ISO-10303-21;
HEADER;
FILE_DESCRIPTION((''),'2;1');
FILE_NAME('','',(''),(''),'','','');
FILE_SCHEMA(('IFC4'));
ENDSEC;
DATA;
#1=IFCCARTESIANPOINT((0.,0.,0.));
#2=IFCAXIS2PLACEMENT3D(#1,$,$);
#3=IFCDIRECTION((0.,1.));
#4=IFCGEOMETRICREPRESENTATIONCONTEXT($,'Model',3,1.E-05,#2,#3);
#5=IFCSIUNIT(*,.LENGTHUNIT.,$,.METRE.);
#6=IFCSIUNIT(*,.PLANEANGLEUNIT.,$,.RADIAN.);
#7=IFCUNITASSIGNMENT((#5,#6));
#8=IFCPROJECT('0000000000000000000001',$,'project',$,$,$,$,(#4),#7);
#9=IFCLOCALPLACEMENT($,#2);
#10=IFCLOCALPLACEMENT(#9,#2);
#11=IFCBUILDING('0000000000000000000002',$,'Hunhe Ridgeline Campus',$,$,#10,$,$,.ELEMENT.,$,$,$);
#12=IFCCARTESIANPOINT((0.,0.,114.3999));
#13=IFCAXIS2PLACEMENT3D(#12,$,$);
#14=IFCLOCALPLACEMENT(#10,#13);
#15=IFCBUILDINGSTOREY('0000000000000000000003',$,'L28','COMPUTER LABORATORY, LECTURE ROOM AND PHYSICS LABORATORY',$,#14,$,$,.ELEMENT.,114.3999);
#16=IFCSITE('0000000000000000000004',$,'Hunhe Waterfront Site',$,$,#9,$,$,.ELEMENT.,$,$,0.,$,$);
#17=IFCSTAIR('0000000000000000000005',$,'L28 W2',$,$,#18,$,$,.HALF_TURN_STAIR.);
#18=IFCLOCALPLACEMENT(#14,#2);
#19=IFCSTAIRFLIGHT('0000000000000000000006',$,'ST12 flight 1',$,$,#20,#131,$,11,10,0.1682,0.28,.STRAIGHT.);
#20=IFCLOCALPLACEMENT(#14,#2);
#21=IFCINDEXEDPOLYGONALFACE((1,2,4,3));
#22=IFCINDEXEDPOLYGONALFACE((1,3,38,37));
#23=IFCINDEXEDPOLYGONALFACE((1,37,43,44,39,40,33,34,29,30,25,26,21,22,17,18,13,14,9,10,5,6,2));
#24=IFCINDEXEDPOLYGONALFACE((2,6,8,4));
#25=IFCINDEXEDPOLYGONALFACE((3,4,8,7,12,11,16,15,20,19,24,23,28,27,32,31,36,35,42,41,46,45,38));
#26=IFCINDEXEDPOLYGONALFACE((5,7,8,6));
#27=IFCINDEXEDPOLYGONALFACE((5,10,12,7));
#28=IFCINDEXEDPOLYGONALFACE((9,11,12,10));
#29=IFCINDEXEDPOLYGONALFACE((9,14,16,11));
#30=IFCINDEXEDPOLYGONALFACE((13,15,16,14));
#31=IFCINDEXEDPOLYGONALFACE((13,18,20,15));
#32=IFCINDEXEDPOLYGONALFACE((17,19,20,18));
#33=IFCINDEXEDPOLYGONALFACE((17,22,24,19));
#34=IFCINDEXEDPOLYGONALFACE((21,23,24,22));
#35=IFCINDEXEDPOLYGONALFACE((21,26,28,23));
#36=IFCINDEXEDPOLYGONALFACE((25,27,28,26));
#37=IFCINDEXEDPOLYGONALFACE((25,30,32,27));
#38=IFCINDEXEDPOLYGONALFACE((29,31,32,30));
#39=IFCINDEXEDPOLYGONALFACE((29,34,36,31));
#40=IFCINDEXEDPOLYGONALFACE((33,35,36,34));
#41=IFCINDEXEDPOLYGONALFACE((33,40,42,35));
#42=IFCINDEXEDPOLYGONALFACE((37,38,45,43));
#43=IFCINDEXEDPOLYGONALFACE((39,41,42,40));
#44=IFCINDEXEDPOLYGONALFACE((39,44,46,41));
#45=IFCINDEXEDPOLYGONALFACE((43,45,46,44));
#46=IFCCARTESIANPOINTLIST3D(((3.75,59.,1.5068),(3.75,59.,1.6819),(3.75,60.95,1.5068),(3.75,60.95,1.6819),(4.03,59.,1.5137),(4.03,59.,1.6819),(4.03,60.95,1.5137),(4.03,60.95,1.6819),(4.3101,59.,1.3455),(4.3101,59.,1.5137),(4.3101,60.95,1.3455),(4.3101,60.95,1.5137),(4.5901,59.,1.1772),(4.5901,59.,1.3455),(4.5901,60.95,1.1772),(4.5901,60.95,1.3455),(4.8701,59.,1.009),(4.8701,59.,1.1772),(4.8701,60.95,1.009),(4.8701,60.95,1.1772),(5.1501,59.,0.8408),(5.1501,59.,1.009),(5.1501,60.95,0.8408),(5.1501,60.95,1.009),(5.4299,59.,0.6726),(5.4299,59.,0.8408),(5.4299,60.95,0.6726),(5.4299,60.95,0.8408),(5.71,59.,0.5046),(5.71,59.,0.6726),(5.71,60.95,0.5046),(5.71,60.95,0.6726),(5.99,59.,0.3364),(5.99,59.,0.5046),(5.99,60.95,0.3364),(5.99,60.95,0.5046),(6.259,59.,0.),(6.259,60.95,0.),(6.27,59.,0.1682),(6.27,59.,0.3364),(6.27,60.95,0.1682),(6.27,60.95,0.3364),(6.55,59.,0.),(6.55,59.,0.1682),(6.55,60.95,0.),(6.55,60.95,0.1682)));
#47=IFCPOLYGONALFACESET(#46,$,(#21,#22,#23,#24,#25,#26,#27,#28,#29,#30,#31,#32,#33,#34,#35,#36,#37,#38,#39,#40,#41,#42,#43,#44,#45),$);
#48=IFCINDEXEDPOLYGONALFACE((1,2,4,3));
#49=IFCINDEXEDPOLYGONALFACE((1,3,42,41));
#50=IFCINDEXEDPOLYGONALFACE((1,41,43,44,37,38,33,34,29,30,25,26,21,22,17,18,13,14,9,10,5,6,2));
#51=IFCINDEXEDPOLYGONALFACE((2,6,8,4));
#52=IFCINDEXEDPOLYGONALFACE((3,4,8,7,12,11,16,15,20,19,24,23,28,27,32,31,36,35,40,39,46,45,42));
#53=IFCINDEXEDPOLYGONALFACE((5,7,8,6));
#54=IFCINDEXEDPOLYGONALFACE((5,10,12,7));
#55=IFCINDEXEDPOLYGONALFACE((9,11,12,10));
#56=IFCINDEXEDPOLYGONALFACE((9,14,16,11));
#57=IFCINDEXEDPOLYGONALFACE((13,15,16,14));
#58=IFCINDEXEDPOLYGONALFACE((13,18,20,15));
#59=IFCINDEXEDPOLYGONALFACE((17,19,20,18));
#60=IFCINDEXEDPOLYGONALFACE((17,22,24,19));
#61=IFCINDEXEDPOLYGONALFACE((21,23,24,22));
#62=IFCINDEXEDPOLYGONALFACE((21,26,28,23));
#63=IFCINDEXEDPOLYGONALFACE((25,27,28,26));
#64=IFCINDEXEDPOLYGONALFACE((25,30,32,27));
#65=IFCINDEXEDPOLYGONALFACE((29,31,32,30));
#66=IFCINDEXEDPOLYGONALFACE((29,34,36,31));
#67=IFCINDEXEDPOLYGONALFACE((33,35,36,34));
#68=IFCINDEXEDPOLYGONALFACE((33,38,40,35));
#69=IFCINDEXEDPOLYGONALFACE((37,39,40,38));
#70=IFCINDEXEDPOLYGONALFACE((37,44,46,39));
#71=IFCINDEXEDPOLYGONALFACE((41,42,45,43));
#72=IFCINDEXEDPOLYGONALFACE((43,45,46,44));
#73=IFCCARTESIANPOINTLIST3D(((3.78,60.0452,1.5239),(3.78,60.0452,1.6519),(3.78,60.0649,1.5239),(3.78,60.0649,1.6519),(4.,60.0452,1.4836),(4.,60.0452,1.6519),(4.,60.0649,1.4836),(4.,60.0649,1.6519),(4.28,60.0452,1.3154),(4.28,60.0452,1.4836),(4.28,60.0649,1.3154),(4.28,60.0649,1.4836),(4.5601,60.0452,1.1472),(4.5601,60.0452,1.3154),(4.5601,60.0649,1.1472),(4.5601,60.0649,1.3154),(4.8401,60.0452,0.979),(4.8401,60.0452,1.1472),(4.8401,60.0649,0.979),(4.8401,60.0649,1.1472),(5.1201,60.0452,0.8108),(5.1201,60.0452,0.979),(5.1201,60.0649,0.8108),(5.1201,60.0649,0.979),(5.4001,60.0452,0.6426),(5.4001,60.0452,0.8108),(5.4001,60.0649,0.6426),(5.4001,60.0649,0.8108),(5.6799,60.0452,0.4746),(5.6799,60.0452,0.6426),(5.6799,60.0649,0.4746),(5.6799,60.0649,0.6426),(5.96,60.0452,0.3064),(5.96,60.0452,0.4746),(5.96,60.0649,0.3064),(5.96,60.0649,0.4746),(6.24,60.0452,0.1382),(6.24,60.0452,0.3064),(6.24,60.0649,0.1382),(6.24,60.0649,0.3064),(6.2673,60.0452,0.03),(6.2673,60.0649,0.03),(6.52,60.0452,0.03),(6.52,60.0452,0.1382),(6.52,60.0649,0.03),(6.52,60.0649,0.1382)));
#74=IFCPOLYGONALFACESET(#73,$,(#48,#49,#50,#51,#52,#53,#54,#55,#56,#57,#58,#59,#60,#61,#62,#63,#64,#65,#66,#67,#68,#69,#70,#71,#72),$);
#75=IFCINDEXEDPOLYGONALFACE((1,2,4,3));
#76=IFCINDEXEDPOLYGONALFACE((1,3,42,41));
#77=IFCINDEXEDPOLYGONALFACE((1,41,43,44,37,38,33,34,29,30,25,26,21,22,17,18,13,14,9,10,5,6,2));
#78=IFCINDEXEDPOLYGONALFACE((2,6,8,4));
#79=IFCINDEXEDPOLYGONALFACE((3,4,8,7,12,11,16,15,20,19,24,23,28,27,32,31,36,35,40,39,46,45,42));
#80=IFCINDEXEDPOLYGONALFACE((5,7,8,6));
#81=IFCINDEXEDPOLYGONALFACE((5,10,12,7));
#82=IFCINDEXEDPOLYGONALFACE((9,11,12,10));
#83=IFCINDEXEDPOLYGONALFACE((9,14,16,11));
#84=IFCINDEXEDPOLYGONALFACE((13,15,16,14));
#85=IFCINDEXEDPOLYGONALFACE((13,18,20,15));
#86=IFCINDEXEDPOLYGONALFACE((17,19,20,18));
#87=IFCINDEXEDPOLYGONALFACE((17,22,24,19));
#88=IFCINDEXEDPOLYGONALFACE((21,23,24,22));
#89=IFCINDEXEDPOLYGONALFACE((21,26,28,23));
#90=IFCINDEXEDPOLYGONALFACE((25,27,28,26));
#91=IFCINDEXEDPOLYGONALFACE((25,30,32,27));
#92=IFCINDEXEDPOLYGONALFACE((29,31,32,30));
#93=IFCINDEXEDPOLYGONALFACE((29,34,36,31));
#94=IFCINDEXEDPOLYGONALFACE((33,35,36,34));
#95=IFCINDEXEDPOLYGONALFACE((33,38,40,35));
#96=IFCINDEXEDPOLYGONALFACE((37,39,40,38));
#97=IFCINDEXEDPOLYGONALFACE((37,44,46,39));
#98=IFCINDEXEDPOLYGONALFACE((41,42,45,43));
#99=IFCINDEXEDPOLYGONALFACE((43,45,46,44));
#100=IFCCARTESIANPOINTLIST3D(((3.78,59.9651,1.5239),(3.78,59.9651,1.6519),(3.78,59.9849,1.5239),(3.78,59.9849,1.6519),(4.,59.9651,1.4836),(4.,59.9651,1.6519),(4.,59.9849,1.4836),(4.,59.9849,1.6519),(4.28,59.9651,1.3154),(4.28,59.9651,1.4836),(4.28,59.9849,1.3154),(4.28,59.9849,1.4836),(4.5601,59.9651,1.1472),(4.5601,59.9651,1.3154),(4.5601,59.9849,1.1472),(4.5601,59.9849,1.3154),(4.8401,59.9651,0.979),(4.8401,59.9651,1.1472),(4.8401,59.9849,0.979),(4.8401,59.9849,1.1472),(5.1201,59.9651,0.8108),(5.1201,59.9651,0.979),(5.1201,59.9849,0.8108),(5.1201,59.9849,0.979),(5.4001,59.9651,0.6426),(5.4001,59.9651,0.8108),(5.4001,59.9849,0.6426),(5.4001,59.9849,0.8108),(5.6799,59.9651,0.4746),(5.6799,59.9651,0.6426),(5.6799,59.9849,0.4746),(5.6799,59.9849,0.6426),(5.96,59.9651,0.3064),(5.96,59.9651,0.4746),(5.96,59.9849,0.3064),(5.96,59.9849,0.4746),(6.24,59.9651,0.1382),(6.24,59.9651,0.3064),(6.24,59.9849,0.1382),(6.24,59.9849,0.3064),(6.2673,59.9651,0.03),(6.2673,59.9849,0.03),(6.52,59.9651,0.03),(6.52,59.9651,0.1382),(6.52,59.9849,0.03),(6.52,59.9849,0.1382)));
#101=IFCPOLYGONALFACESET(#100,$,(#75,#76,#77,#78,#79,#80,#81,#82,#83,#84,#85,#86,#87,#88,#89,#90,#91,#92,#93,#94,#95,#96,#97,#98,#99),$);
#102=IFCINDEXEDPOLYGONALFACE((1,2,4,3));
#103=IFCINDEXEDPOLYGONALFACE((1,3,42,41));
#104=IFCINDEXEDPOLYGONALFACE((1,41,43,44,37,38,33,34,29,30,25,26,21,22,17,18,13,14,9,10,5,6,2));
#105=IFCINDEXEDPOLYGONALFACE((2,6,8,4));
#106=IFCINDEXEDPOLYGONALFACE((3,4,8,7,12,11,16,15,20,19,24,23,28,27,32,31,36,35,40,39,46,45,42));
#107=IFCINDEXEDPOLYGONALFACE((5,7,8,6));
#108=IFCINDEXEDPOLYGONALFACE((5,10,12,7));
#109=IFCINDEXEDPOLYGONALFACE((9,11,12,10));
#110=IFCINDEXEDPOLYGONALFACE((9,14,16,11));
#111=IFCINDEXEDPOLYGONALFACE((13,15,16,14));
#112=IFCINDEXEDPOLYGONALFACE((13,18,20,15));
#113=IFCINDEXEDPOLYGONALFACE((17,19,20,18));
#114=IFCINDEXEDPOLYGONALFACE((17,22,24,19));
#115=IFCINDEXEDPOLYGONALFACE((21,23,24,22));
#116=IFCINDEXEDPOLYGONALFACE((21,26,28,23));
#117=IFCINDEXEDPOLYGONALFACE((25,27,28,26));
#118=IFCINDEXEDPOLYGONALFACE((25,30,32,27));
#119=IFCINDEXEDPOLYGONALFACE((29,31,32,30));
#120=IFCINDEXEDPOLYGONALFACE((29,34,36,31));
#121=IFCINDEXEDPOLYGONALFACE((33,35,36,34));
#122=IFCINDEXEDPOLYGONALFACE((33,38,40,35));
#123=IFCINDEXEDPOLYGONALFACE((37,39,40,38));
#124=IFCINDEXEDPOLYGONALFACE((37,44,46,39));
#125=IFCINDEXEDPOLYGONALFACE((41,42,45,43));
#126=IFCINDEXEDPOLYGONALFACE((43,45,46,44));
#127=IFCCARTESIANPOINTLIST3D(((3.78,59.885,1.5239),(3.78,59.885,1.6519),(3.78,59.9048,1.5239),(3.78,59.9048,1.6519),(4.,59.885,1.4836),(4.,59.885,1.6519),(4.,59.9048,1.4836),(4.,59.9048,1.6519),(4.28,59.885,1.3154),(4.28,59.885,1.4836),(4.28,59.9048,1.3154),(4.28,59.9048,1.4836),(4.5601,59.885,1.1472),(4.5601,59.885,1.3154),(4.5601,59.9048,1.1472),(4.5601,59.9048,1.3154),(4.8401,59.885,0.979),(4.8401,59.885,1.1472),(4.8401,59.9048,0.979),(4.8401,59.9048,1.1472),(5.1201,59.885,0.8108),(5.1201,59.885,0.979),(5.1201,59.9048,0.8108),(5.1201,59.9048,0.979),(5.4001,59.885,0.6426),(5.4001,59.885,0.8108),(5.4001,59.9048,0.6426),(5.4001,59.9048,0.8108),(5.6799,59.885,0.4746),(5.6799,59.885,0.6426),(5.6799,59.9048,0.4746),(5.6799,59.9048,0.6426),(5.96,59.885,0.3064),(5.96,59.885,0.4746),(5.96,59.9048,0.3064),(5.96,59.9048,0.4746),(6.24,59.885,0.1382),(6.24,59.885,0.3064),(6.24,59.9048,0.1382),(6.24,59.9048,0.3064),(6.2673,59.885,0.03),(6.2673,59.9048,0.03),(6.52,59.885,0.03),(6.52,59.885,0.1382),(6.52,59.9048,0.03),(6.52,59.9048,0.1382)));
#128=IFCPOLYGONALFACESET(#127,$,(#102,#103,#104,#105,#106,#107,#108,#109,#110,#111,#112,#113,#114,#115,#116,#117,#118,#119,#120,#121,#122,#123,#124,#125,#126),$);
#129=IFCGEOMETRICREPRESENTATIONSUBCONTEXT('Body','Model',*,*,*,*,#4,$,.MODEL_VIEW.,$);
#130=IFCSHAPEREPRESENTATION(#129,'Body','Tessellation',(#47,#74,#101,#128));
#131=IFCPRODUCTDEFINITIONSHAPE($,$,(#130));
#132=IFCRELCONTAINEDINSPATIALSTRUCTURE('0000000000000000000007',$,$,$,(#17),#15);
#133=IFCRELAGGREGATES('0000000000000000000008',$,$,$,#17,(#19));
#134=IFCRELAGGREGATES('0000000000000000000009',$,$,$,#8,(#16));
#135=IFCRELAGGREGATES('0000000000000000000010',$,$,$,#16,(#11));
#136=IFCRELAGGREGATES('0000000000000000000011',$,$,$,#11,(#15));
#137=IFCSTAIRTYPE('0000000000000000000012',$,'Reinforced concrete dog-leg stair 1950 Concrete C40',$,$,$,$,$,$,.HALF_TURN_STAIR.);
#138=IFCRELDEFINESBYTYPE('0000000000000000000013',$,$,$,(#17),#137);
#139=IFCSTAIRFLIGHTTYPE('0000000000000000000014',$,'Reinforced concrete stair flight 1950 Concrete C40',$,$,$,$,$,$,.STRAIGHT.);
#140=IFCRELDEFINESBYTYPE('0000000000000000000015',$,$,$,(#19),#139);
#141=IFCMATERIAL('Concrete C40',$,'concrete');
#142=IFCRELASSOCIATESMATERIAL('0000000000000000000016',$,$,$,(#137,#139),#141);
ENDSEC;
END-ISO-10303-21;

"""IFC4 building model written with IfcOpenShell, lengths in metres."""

from ifc_helpers import new_model, si_unit, direction, frame, origin, place, context, subcontext, project, spatial, polyline, outline, extrude, material, type_object, element, aggregate, save


model = new_model("IFC4")

# Units and contexts
model_context = context("Model", 3, precision=1e-05, world=origin(), true_north=direction((0.0, 1.0)))
body_context = subcontext(model_context, "Body", "Model", "MODEL_VIEW")
ifc_project = project(units=[si_unit("LENGTHUNIT", "METRE"), si_unit("PLANEANGLEUNIT", "RADIAN")], contexts=[model_context])

# Site, building, storey
site_placement = place(None, origin())
site = spatial("IfcSite", under=ifc_project, at=site_placement, Name="Hunhe Waterfront Site", CompositionType="ELEMENT", RefElevation=0.0)
building_placement = place(site_placement, origin())
building = spatial("IfcBuilding", under=site, at=building_placement, Name="Hunhe Ridgeline Campus", CompositionType="ELEMENT")
storey_placement = place(building_placement, frame((0.0, 0.0, 114.3999)))
storey = spatial("IfcBuildingStorey", under=building, at=storey_placement, Name="L28", Description="COMPUTER LABORATORY, LECTURE ROOM AND PHYSICS LABORATORY", CompositionType="ELEMENT", Elevation=114.3999)

# Stair, stair flight
ifc_material_1 = material(Name="Concrete C40", Category="concrete")
stair_type = type_object("IfcStairType", Name="Reinforced concrete dog-leg stair 1950 Concrete C40", PredefinedType="HALF_TURN_STAIR", material=ifc_material_1)
stair_flight_type = type_object("IfcStairFlightType", Name="Reinforced concrete stair flight 1950 Concrete C40", PredefinedType="STRAIGHT", material=ifc_material_1)
stair_1_placement = place(storey_placement, origin())
stair_1 = element("IfcStair", 1, at=stair_1_placement, inside=storey, type_object=stair_type, Name="L28 W2", PredefinedType="HALF_TURN_STAIR")
stair_flight_1_placement = place(storey_placement, frame((6.55, 59.9751, 0.0), z_axis=(0.0, 0.0, 1.0), x_axis=(-1.0, 0.0, 0.0)))
stair_flight_1 = element("IfcStairFlight", 2, at=stair_flight_1_placement, type_object=stair_flight_type, Name="ST12 flight 1", NumberOfRisers=11, NumberOfTreads=10, PredefinedType="STRAIGHT", RiserHeight=0.1682, TreadLength=0.28, context=body_context, shape_type="SweptSolid", body=[
    extrude(outline(polyline([(0.0, 0.0), (0.0, 0.1682), (0.28, 0.1682), (0.28, 0.3364), (0.5601, 0.3364), (0.5601, 0.5046), (0.8401, 0.5046), (0.8401, 0.6726), (1.1201, 0.6726), (1.1201, 0.8408), (1.3999, 0.8408), (1.3999, 1.009), (1.6799, 1.009), (1.6799, 1.1772), (1.96, 1.1772), (1.96, 1.3455), (2.24, 1.3455), (2.24, 1.5137), (2.52, 1.5137), (2.52, 1.6819), (2.8, 1.6819), (2.8, 1.8501), (2.8, 1.5068), (0.291, 0.0), (0.0, 0.0)])), frame((0.0, 0.9751, 0.0), z_axis=(0.0, -1.0, 0.0), x_axis=(1.0, 0.0, 0.0)), (0.0, 0.0, 1.0), 1.95),
    extrude(outline(polyline([(0.03, 0.03), (0.03, 0.1382), (0.3101, 0.1382), (0.3101, 0.3064), (0.5901, 0.3064), (0.5901, 0.4746), (0.8701, 0.4746), (0.8701, 0.6426), (1.1499, 0.6426), (1.1499, 0.8108), (1.4299, 0.8108), (1.4299, 0.979), (1.71, 0.979), (1.71, 1.1472), (1.99, 1.1472), (1.99, 1.3154), (2.27, 1.3154), (2.27, 1.4836), (2.55, 1.4836), (2.55, 1.6519), (2.77, 1.6519), (2.77, 1.5239), (0.2827, 0.03), (0.03, 0.03)])), frame((0.0, -0.0701, 0.0), z_axis=(0.0, -1.0, 0.0), x_axis=(1.0, 0.0, 0.0)), (0.0, 0.0, 1.0), 0.0198),
    extrude(outline(polyline([(0.03, 0.03), (0.03, 0.1382), (0.3101, 0.1382), (0.3101, 0.3064), (0.5901, 0.3064), (0.5901, 0.4746), (0.8701, 0.4746), (0.8701, 0.6426), (1.1499, 0.6426), (1.1499, 0.8108), (1.4299, 0.8108), (1.4299, 0.979), (1.71, 0.979), (1.71, 1.1472), (1.99, 1.1472), (1.99, 1.3154), (2.27, 1.3154), (2.27, 1.4836), (2.55, 1.4836), (2.55, 1.6519), (2.77, 1.6519), (2.77, 1.5239), (0.2827, 0.03), (0.03, 0.03)])), frame((0.0, 0.01, 0.0), z_axis=(0.0, -1.0, 0.0), x_axis=(1.0, 0.0, 0.0)), (0.0, 0.0, 1.0), 0.0198),
    extrude(outline(polyline([(0.03, 0.03), (0.03, 0.1382), (0.3101, 0.1382), (0.3101, 0.3064), (0.5901, 0.3064), (0.5901, 0.4746), (0.8701, 0.4746), (0.8701, 0.6426), (1.1499, 0.6426), (1.1499, 0.8108), (1.4299, 0.8108), (1.4299, 0.979), (1.71, 0.979), (1.71, 1.1472), (1.99, 1.1472), (1.99, 1.3154), (2.27, 1.3154), (2.27, 1.4836), (2.55, 1.4836), (2.55, 1.6519), (2.77, 1.6519), (2.77, 1.5239), (0.2827, 0.03), (0.03, 0.03)])), frame((0.0, 0.0901, 0.0), z_axis=(0.0, -1.0, 0.0), x_axis=(1.0, 0.0, 0.0)), (0.0, 0.0, 1.0), 0.0198),
])
aggregate(stair_1, [stair_flight_1])

save(model, "model.ifc")
